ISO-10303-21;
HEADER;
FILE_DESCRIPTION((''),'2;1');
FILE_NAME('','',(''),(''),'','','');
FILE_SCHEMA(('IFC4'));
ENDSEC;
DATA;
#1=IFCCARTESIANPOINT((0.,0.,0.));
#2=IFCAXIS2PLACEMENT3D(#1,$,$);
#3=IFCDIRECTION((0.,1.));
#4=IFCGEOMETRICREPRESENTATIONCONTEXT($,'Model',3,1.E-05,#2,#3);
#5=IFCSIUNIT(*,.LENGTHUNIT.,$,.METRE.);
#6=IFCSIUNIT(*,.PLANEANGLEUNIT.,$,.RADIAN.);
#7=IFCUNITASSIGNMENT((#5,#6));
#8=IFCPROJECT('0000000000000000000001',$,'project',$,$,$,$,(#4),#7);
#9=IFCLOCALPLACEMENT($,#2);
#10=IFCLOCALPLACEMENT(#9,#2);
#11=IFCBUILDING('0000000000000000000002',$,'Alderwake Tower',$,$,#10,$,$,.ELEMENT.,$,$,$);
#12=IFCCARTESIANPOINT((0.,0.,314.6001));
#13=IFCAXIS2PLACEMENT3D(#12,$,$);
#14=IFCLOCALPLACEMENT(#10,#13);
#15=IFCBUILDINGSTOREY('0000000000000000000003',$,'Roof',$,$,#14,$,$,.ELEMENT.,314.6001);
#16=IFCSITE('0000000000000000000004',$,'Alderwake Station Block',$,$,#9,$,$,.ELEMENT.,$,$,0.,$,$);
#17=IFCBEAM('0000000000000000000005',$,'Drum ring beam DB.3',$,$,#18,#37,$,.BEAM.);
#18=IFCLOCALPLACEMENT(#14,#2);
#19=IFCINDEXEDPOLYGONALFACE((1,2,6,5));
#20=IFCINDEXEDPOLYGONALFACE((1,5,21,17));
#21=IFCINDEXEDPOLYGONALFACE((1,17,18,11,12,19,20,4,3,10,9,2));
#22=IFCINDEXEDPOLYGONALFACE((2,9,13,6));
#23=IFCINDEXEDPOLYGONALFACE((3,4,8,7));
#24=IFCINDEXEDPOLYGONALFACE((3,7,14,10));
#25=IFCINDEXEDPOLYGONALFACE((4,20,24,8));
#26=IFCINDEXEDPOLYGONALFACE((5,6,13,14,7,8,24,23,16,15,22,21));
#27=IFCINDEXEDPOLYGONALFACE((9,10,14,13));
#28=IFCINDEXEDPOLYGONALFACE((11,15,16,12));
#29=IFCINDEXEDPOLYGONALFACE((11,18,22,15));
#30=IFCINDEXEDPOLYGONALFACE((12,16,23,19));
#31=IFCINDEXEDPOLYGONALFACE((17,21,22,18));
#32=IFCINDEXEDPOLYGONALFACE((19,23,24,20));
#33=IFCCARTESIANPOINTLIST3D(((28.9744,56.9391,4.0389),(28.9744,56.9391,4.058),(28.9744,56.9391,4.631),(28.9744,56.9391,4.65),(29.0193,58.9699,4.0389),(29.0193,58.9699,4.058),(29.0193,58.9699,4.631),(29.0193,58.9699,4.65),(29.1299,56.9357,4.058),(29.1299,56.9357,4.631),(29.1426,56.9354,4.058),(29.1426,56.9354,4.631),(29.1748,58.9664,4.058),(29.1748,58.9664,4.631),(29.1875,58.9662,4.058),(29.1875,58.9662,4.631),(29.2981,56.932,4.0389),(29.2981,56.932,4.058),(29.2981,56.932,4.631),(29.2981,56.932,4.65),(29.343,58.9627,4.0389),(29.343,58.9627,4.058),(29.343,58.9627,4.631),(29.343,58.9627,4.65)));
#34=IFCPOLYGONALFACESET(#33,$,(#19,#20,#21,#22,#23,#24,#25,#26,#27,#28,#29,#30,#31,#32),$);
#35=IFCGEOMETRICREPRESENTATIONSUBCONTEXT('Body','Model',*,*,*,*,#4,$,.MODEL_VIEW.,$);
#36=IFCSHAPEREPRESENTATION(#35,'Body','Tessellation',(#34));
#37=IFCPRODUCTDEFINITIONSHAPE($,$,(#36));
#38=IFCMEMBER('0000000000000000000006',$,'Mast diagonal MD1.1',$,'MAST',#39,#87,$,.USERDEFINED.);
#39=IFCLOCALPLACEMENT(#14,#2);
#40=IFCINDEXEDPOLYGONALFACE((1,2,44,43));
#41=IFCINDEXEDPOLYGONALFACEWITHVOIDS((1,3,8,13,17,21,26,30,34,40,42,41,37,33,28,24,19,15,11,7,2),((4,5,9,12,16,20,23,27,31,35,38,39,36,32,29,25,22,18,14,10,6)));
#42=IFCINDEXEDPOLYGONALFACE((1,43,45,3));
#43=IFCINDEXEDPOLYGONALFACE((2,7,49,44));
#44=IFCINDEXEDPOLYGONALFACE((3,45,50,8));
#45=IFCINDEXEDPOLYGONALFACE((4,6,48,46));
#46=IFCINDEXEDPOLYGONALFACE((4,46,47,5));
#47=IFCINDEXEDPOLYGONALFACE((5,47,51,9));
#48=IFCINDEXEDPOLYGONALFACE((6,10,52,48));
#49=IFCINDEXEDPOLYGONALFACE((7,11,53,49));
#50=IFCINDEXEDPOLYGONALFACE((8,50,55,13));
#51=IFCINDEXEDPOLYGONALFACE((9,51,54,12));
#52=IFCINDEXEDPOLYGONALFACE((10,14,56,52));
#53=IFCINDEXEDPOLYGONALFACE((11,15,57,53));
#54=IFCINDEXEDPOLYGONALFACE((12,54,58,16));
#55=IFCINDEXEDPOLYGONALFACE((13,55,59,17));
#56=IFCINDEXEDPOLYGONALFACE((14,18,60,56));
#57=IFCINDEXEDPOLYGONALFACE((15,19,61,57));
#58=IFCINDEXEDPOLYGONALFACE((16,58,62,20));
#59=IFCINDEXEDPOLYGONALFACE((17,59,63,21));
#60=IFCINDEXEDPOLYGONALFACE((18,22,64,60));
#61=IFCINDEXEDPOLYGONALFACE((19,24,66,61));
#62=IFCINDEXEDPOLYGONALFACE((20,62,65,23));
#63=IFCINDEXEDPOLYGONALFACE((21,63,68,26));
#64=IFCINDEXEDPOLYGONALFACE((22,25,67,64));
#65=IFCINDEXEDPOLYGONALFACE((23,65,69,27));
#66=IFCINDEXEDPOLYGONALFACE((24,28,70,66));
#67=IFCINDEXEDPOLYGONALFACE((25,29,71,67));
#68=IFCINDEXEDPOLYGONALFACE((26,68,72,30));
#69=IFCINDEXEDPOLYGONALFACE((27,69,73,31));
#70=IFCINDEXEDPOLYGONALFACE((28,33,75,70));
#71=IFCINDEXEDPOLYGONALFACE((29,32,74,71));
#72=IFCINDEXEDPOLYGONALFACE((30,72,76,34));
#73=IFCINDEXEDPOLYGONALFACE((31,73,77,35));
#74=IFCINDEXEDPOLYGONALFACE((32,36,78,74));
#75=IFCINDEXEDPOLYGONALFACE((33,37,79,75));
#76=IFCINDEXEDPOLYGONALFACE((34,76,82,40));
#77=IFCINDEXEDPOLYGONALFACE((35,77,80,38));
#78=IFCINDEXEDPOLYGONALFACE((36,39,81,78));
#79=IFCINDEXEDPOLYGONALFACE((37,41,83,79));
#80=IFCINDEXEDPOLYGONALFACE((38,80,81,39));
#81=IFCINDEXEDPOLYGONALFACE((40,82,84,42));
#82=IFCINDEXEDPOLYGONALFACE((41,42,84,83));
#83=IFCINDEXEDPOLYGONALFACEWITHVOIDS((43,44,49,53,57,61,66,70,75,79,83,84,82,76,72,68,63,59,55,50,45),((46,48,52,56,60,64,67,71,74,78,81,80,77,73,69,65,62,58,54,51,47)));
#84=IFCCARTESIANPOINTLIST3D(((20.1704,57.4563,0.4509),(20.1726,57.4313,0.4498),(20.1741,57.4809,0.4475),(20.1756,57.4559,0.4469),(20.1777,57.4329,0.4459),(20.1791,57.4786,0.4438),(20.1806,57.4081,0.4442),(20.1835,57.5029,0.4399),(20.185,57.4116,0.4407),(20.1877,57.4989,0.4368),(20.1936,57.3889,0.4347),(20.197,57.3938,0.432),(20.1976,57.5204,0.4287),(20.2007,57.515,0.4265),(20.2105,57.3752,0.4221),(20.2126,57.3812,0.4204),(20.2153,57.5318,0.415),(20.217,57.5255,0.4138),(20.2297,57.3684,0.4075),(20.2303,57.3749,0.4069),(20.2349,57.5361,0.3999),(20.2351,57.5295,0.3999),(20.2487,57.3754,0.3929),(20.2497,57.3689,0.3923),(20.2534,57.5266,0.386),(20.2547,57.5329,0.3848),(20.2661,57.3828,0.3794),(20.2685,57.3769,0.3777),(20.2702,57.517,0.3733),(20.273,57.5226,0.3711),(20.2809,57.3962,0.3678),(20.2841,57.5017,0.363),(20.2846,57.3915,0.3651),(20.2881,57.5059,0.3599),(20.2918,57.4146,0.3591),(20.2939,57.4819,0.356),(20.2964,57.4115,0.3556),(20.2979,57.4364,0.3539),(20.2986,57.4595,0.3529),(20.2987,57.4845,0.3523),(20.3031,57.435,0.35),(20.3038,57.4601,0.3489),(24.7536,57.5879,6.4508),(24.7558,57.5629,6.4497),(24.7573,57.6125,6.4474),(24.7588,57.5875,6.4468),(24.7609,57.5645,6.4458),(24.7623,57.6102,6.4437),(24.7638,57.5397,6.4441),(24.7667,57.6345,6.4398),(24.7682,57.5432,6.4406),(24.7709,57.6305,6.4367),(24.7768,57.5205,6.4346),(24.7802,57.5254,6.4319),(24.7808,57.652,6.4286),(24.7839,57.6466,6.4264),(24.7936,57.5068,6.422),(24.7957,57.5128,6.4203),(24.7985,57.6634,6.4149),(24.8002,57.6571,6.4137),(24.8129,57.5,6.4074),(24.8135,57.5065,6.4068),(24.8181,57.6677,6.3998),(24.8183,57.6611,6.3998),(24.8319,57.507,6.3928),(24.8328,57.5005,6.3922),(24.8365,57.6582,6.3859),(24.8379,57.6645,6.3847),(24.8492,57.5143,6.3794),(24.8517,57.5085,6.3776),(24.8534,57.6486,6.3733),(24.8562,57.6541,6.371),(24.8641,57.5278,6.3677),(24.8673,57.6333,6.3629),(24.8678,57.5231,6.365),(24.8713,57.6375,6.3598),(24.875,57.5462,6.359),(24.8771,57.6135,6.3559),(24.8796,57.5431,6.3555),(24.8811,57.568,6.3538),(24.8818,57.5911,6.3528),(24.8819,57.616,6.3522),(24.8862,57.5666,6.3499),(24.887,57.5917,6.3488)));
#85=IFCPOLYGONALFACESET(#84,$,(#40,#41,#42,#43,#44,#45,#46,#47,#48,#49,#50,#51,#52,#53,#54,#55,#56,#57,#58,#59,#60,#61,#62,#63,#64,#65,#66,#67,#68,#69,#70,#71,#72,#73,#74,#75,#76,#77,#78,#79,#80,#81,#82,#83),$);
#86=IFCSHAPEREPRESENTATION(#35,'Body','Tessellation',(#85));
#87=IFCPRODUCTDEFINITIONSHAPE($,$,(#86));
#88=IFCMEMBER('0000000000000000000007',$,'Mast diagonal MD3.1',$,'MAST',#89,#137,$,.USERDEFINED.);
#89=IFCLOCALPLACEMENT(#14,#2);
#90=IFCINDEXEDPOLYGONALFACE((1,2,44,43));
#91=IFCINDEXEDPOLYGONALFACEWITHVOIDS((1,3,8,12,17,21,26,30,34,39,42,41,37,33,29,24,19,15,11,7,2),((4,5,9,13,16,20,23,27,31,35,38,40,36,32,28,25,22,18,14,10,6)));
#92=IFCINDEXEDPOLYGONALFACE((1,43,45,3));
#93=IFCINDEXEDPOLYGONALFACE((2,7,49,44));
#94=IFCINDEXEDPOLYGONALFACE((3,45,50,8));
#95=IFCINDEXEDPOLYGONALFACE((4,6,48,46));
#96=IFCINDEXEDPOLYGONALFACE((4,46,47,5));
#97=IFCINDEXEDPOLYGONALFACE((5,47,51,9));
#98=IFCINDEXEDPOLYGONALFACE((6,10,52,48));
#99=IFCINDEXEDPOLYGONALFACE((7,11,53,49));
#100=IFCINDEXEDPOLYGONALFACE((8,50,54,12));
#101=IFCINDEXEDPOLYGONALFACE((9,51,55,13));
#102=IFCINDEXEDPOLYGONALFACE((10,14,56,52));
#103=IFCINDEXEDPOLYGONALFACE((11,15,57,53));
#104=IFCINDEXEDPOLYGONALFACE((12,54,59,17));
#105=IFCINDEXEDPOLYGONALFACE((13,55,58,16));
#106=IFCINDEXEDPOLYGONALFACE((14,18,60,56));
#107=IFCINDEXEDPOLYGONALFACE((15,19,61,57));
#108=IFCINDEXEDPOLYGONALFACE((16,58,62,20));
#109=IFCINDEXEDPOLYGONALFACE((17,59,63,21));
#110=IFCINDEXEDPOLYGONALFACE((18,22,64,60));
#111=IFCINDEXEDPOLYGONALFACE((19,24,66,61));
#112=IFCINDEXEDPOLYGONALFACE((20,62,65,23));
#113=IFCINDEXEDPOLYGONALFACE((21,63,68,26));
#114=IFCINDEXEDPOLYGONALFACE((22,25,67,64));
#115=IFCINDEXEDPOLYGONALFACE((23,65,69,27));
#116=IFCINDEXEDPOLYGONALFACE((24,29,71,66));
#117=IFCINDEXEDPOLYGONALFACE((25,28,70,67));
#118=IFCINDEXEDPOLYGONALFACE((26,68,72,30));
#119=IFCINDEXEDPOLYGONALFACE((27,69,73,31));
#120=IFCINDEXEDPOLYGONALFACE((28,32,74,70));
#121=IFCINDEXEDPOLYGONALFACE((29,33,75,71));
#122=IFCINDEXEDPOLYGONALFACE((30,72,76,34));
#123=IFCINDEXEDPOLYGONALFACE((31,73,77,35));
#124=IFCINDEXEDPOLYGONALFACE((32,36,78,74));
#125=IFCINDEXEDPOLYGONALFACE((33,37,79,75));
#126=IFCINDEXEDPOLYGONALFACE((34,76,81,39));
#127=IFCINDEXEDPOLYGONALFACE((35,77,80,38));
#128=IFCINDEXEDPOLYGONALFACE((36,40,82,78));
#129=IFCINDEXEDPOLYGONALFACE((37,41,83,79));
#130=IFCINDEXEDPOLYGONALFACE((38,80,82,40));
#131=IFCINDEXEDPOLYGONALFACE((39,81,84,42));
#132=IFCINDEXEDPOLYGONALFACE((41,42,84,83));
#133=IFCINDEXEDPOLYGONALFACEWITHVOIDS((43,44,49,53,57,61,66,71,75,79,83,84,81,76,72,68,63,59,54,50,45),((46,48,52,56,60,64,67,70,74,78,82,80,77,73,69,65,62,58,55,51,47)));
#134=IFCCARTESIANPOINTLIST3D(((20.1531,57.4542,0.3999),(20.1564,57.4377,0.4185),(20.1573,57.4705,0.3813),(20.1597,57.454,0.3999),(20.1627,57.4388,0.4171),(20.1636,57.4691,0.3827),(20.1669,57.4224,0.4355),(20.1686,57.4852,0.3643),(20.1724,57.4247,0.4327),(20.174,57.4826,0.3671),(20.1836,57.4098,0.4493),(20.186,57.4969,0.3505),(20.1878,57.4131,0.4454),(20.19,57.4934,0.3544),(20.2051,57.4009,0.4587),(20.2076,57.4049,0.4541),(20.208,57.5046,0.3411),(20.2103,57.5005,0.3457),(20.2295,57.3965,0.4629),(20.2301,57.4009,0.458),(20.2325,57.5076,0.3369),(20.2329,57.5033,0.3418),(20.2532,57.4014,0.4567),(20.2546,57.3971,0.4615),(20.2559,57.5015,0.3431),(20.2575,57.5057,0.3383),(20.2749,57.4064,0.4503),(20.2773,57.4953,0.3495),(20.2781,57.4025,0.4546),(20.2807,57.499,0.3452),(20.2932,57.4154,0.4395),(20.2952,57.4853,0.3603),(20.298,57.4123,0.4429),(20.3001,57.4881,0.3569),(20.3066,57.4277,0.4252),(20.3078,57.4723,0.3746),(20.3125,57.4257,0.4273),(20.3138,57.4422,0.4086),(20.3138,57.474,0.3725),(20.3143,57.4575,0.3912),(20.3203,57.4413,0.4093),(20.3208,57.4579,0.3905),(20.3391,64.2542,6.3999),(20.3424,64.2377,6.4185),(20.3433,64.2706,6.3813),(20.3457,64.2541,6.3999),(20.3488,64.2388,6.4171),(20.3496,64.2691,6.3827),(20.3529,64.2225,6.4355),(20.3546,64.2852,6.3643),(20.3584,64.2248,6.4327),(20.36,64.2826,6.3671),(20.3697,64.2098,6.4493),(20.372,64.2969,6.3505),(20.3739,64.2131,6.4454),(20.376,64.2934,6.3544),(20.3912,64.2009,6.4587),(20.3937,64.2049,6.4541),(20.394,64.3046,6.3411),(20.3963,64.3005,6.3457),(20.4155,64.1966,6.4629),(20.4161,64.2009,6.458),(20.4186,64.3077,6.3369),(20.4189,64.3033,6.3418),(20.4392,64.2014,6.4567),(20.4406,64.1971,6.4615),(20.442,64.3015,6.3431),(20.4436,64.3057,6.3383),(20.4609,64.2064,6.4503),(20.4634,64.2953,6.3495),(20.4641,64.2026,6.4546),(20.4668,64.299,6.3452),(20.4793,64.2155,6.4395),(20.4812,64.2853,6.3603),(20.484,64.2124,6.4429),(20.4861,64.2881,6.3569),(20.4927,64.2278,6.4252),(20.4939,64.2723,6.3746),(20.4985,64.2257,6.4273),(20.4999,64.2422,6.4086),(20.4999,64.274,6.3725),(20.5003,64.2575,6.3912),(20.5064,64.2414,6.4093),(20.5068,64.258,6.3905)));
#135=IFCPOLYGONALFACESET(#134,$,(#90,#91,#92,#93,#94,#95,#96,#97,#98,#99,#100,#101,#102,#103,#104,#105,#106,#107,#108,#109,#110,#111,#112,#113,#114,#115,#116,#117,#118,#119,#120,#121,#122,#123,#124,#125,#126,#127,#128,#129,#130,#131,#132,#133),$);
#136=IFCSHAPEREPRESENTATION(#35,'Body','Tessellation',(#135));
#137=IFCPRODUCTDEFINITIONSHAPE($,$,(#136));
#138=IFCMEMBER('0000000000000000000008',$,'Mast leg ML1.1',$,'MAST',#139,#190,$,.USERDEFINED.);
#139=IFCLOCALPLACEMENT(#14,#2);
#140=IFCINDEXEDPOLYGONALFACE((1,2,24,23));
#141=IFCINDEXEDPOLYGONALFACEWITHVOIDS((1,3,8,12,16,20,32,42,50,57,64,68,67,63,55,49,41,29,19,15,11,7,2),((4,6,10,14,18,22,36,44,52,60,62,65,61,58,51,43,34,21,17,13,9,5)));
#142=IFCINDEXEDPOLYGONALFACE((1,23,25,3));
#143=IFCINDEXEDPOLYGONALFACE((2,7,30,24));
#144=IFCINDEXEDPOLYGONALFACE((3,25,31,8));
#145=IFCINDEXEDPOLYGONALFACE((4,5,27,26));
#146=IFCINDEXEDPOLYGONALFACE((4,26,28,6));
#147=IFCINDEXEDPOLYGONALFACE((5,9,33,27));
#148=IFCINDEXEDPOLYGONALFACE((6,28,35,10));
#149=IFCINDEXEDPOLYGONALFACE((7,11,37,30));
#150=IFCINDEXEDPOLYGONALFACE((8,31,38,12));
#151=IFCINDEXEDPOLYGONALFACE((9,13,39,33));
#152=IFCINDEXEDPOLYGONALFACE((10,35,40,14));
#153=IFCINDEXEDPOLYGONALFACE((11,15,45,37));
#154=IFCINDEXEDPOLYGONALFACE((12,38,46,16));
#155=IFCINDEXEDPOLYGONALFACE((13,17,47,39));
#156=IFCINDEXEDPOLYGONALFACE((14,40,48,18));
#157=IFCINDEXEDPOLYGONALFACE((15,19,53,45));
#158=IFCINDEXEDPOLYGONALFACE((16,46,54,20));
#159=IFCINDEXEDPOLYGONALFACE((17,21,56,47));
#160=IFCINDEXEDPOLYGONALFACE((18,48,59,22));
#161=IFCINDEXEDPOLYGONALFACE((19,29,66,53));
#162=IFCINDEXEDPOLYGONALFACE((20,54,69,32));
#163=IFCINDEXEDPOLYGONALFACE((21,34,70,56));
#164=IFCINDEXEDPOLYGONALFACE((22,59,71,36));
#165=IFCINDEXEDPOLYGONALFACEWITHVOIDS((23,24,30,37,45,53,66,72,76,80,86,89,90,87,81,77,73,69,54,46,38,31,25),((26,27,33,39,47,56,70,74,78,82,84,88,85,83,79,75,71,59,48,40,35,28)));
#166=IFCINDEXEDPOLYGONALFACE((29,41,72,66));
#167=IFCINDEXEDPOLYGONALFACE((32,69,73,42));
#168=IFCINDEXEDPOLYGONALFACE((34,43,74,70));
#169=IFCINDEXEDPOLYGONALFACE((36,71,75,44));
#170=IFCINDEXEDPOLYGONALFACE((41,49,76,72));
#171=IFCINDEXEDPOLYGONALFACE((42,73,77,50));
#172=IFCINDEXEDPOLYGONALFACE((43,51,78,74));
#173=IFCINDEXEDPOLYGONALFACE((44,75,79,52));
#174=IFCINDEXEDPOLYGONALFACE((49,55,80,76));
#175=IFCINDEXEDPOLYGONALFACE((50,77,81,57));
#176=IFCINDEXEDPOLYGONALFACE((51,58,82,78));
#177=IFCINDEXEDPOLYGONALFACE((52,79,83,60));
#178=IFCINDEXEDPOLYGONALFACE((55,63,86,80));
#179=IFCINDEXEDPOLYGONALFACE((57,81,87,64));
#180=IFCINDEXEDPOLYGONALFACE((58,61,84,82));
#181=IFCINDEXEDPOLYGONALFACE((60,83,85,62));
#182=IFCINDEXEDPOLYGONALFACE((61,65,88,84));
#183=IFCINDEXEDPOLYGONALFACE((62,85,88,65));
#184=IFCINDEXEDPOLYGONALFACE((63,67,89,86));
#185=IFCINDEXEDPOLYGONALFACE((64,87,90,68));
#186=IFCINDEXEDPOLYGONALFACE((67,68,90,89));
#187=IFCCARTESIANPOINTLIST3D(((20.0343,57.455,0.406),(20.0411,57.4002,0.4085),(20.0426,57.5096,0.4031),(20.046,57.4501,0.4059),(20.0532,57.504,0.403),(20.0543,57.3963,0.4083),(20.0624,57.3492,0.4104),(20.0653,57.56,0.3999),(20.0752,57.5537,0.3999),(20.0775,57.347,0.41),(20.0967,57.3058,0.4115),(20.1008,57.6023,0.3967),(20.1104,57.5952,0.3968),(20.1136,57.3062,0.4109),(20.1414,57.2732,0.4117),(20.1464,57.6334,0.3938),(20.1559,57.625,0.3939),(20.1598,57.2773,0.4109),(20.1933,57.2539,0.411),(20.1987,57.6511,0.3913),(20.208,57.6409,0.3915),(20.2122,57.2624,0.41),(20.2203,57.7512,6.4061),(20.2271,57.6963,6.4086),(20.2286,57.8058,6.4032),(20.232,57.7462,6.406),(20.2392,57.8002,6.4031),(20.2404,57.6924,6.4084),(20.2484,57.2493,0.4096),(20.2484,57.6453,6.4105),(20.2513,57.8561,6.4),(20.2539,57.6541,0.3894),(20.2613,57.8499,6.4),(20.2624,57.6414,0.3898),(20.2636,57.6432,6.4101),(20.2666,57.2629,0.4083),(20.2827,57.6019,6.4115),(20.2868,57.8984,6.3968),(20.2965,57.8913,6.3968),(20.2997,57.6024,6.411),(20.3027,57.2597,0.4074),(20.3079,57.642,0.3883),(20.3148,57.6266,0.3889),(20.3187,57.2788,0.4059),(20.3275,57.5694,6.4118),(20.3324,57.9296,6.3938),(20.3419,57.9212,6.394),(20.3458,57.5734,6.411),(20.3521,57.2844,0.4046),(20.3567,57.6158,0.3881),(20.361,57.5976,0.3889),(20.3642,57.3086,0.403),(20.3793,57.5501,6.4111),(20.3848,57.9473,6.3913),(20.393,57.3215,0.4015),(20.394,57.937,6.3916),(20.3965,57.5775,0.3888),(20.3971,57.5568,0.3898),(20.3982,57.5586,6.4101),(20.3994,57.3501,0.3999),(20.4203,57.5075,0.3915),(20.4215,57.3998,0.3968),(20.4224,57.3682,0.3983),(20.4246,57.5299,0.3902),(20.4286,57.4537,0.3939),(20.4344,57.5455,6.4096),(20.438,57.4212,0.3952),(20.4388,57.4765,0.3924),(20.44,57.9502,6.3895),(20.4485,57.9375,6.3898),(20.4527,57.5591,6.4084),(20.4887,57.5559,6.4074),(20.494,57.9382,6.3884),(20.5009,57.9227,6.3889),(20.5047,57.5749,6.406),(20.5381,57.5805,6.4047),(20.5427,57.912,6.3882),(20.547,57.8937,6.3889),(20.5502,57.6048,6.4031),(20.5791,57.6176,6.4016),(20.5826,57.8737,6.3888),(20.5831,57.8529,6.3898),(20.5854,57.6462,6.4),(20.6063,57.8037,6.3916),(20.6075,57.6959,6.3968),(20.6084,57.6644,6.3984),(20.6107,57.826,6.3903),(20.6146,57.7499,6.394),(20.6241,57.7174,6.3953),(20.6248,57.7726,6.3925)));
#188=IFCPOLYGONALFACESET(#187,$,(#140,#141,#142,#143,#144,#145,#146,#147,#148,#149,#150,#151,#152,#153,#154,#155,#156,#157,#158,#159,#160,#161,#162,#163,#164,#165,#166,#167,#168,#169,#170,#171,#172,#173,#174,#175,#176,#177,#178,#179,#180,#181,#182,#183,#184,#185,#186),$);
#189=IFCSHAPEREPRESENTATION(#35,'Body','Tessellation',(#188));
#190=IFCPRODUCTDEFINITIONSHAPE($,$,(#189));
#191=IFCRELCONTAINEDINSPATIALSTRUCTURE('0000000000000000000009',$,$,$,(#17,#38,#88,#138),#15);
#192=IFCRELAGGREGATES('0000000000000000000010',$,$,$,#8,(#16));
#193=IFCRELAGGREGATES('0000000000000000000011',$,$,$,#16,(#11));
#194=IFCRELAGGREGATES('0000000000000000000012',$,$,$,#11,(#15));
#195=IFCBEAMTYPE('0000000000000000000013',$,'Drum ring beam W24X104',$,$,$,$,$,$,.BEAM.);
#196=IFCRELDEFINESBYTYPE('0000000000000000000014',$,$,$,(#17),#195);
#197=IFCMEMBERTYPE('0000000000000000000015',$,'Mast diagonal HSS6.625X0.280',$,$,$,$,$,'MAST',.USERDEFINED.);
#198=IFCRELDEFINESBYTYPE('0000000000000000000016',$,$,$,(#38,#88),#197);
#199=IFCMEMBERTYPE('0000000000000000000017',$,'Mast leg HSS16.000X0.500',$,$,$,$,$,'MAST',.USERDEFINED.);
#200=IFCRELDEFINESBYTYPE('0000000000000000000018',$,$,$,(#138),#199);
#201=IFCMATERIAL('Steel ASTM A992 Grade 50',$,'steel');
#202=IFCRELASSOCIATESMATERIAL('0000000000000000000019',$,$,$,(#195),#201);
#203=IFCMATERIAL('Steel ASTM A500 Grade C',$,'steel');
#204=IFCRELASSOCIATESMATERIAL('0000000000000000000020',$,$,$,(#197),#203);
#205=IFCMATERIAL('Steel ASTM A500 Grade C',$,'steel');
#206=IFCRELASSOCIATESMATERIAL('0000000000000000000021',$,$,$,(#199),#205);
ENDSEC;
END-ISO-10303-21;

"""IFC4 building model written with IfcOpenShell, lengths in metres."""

from ifc_helpers import new_model, si_unit, direction, frame, origin, origin_2d, place, context, subcontext, project, spatial, hollow_circle, i_section, extrude, material, material_profile, profile_set, type_object, element, save


model = new_model("IFC4")

# Units and contexts
model_context = context("Model", 3, precision=1e-05, world=origin(), true_north=direction((0.0, 1.0)))
body_context = subcontext(model_context, "Body", "Model", "MODEL_VIEW")
ifc_project = project(units=[si_unit("LENGTHUNIT", "METRE"), si_unit("PLANEANGLEUNIT", "RADIAN")], contexts=[model_context])

# Site, building, storey
site_placement = place(None, origin())
site = spatial("IfcSite", under=ifc_project, at=site_placement, Name="Alderwake Station Block", CompositionType="ELEMENT", RefElevation=0.0)
building_placement = place(site_placement, origin())
building = spatial("IfcBuilding", under=site, at=building_placement, Name="Alderwake Tower", CompositionType="ELEMENT")
storey_placement = place(building_placement, frame((0.0, 0.0, 314.6001)))
storey = spatial("IfcBuildingStorey", under=building, at=storey_placement, Name="Roof", CompositionType="ELEMENT", Elevation=314.6001)

# Beam
ifc_material_1 = material(Name="Steel ASTM A992 Grade 50", Category="steel")
ifc_material_profile_1 = material_profile(ifc_material_1, i_section(OverallWidth=0.3237, OverallDepth=0.6111, WebThickness=0.0127, FlangeThickness=0.019, at=origin_2d()), Name="W24X104")
ifc_profile_set_1 = profile_set([ifc_material_profile_1], Name="Steel ASTM A992 Grade 50")
beam_type = type_object("IfcBeamType", Name="Drum ring beam W24X104", PredefinedType="BEAM", material=ifc_profile_set_1)
beam_1_placement = place(storey_placement, frame((29.1362, 56.9355, 4.3445), z_axis=(0.022115, 0.999755, 0.0), x_axis=(-0.999755, 0.022115, 0.0)))
element("IfcBeam", 1, at=beam_1_placement, inside=storey, type_object=beam_type, Name="Drum ring beam DB.3", PredefinedType="BEAM", context=body_context, shape_type="SweptSolid", body=[
    extrude(i_section(OverallWidth=0.3237, OverallDepth=0.6111, WebThickness=0.0127, FlangeThickness=0.019, at=origin_2d()), origin(), (0.0, 0.0, 1.0), 2.0312),
])

# Members
ifc_material_2 = material(Name="Steel ASTM A500 Grade C", Category="steel")
ifc_material_profile_2 = material_profile(ifc_material_2, hollow_circle(Radius=0.0842, WallThickness=0.0066, at=origin_2d()), Name="HSS6.625X0.280")
ifc_profile_set_2 = profile_set([ifc_material_profile_2], Name="Steel ASTM A500 Grade C")
member_type_1 = type_object("IfcMemberType", Name="Mast diagonal HSS6.625X0.280", ElementType="MAST", PredefinedType="USERDEFINED", material=ifc_profile_set_2)
member_1_placement = place(storey_placement, frame((20.2373, 57.4519, 0.3999), z_axis=(0.606941, 0.017426, 0.794556), x_axis=(-0.0287, 0.999588, 0.0)))
element("IfcMember", 2, at=member_1_placement, inside=storey, type_object=member_type_1, Name="Mast diagonal MD1.1", ObjectType="MAST", PredefinedType="USERDEFINED", context=body_context, shape_type="SweptSolid", body=[
    extrude(hollow_circle(Radius=0.0842, WallThickness=0.0066, at=origin_2d()), origin(), (0.0, 0.0, 1.0), 7.5513),
])
member_2_placement = place(storey_placement, frame((20.2373, 57.4519, 0.3999), z_axis=(0.02051, 0.749682, 0.66148), x_axis=(-0.999626, 0.027348, 0.0)))
element("IfcMember", 3, at=member_2_placement, inside=storey, type_object=member_type_1, Name="Mast diagonal MD3.1", ObjectType="MAST", PredefinedType="USERDEFINED", context=body_context, shape_type="SweptSolid", body=[
    extrude(hollow_circle(Radius=0.0842, WallThickness=0.0066, at=origin_2d()), origin(), (0.0, 0.0, 1.0), 9.0706),
])
ifc_material_3 = material(Name="Steel ASTM A500 Grade C", Category="steel")
ifc_material_profile_3 = material_profile(ifc_material_3, hollow_circle(Radius=0.2031, WallThickness=0.0117, at=origin_2d()), Name="HSS16.000X0.500")
ifc_profile_set_3 = profile_set([ifc_material_profile_3], Name="Steel ASTM A500 Grade C")
member_type_2 = type_object("IfcMemberType", Name="Mast leg HSS16.000X0.500", ElementType="MAST", PredefinedType="USERDEFINED", material=ifc_profile_set_3)
member_3_placement = place(storey_placement, frame((20.2373, 57.4519, 0.3999), z_axis=(0.030953, 0.049273, 0.998306), x_axis=(-0.84678, 0.531943, 0.0)))
element("IfcMember", 4, at=member_3_placement, inside=storey, type_object=member_type_2, Name="Mast leg ML1.1", ObjectType="MAST", PredefinedType="USERDEFINED", context=body_context, shape_type="SweptSolid", body=[
    extrude(hollow_circle(Radius=0.2031, WallThickness=0.0117, at=origin_2d()), origin(), (0.0, 0.0, 1.0), 6.0103),
])

save(model, "model.ifc")
